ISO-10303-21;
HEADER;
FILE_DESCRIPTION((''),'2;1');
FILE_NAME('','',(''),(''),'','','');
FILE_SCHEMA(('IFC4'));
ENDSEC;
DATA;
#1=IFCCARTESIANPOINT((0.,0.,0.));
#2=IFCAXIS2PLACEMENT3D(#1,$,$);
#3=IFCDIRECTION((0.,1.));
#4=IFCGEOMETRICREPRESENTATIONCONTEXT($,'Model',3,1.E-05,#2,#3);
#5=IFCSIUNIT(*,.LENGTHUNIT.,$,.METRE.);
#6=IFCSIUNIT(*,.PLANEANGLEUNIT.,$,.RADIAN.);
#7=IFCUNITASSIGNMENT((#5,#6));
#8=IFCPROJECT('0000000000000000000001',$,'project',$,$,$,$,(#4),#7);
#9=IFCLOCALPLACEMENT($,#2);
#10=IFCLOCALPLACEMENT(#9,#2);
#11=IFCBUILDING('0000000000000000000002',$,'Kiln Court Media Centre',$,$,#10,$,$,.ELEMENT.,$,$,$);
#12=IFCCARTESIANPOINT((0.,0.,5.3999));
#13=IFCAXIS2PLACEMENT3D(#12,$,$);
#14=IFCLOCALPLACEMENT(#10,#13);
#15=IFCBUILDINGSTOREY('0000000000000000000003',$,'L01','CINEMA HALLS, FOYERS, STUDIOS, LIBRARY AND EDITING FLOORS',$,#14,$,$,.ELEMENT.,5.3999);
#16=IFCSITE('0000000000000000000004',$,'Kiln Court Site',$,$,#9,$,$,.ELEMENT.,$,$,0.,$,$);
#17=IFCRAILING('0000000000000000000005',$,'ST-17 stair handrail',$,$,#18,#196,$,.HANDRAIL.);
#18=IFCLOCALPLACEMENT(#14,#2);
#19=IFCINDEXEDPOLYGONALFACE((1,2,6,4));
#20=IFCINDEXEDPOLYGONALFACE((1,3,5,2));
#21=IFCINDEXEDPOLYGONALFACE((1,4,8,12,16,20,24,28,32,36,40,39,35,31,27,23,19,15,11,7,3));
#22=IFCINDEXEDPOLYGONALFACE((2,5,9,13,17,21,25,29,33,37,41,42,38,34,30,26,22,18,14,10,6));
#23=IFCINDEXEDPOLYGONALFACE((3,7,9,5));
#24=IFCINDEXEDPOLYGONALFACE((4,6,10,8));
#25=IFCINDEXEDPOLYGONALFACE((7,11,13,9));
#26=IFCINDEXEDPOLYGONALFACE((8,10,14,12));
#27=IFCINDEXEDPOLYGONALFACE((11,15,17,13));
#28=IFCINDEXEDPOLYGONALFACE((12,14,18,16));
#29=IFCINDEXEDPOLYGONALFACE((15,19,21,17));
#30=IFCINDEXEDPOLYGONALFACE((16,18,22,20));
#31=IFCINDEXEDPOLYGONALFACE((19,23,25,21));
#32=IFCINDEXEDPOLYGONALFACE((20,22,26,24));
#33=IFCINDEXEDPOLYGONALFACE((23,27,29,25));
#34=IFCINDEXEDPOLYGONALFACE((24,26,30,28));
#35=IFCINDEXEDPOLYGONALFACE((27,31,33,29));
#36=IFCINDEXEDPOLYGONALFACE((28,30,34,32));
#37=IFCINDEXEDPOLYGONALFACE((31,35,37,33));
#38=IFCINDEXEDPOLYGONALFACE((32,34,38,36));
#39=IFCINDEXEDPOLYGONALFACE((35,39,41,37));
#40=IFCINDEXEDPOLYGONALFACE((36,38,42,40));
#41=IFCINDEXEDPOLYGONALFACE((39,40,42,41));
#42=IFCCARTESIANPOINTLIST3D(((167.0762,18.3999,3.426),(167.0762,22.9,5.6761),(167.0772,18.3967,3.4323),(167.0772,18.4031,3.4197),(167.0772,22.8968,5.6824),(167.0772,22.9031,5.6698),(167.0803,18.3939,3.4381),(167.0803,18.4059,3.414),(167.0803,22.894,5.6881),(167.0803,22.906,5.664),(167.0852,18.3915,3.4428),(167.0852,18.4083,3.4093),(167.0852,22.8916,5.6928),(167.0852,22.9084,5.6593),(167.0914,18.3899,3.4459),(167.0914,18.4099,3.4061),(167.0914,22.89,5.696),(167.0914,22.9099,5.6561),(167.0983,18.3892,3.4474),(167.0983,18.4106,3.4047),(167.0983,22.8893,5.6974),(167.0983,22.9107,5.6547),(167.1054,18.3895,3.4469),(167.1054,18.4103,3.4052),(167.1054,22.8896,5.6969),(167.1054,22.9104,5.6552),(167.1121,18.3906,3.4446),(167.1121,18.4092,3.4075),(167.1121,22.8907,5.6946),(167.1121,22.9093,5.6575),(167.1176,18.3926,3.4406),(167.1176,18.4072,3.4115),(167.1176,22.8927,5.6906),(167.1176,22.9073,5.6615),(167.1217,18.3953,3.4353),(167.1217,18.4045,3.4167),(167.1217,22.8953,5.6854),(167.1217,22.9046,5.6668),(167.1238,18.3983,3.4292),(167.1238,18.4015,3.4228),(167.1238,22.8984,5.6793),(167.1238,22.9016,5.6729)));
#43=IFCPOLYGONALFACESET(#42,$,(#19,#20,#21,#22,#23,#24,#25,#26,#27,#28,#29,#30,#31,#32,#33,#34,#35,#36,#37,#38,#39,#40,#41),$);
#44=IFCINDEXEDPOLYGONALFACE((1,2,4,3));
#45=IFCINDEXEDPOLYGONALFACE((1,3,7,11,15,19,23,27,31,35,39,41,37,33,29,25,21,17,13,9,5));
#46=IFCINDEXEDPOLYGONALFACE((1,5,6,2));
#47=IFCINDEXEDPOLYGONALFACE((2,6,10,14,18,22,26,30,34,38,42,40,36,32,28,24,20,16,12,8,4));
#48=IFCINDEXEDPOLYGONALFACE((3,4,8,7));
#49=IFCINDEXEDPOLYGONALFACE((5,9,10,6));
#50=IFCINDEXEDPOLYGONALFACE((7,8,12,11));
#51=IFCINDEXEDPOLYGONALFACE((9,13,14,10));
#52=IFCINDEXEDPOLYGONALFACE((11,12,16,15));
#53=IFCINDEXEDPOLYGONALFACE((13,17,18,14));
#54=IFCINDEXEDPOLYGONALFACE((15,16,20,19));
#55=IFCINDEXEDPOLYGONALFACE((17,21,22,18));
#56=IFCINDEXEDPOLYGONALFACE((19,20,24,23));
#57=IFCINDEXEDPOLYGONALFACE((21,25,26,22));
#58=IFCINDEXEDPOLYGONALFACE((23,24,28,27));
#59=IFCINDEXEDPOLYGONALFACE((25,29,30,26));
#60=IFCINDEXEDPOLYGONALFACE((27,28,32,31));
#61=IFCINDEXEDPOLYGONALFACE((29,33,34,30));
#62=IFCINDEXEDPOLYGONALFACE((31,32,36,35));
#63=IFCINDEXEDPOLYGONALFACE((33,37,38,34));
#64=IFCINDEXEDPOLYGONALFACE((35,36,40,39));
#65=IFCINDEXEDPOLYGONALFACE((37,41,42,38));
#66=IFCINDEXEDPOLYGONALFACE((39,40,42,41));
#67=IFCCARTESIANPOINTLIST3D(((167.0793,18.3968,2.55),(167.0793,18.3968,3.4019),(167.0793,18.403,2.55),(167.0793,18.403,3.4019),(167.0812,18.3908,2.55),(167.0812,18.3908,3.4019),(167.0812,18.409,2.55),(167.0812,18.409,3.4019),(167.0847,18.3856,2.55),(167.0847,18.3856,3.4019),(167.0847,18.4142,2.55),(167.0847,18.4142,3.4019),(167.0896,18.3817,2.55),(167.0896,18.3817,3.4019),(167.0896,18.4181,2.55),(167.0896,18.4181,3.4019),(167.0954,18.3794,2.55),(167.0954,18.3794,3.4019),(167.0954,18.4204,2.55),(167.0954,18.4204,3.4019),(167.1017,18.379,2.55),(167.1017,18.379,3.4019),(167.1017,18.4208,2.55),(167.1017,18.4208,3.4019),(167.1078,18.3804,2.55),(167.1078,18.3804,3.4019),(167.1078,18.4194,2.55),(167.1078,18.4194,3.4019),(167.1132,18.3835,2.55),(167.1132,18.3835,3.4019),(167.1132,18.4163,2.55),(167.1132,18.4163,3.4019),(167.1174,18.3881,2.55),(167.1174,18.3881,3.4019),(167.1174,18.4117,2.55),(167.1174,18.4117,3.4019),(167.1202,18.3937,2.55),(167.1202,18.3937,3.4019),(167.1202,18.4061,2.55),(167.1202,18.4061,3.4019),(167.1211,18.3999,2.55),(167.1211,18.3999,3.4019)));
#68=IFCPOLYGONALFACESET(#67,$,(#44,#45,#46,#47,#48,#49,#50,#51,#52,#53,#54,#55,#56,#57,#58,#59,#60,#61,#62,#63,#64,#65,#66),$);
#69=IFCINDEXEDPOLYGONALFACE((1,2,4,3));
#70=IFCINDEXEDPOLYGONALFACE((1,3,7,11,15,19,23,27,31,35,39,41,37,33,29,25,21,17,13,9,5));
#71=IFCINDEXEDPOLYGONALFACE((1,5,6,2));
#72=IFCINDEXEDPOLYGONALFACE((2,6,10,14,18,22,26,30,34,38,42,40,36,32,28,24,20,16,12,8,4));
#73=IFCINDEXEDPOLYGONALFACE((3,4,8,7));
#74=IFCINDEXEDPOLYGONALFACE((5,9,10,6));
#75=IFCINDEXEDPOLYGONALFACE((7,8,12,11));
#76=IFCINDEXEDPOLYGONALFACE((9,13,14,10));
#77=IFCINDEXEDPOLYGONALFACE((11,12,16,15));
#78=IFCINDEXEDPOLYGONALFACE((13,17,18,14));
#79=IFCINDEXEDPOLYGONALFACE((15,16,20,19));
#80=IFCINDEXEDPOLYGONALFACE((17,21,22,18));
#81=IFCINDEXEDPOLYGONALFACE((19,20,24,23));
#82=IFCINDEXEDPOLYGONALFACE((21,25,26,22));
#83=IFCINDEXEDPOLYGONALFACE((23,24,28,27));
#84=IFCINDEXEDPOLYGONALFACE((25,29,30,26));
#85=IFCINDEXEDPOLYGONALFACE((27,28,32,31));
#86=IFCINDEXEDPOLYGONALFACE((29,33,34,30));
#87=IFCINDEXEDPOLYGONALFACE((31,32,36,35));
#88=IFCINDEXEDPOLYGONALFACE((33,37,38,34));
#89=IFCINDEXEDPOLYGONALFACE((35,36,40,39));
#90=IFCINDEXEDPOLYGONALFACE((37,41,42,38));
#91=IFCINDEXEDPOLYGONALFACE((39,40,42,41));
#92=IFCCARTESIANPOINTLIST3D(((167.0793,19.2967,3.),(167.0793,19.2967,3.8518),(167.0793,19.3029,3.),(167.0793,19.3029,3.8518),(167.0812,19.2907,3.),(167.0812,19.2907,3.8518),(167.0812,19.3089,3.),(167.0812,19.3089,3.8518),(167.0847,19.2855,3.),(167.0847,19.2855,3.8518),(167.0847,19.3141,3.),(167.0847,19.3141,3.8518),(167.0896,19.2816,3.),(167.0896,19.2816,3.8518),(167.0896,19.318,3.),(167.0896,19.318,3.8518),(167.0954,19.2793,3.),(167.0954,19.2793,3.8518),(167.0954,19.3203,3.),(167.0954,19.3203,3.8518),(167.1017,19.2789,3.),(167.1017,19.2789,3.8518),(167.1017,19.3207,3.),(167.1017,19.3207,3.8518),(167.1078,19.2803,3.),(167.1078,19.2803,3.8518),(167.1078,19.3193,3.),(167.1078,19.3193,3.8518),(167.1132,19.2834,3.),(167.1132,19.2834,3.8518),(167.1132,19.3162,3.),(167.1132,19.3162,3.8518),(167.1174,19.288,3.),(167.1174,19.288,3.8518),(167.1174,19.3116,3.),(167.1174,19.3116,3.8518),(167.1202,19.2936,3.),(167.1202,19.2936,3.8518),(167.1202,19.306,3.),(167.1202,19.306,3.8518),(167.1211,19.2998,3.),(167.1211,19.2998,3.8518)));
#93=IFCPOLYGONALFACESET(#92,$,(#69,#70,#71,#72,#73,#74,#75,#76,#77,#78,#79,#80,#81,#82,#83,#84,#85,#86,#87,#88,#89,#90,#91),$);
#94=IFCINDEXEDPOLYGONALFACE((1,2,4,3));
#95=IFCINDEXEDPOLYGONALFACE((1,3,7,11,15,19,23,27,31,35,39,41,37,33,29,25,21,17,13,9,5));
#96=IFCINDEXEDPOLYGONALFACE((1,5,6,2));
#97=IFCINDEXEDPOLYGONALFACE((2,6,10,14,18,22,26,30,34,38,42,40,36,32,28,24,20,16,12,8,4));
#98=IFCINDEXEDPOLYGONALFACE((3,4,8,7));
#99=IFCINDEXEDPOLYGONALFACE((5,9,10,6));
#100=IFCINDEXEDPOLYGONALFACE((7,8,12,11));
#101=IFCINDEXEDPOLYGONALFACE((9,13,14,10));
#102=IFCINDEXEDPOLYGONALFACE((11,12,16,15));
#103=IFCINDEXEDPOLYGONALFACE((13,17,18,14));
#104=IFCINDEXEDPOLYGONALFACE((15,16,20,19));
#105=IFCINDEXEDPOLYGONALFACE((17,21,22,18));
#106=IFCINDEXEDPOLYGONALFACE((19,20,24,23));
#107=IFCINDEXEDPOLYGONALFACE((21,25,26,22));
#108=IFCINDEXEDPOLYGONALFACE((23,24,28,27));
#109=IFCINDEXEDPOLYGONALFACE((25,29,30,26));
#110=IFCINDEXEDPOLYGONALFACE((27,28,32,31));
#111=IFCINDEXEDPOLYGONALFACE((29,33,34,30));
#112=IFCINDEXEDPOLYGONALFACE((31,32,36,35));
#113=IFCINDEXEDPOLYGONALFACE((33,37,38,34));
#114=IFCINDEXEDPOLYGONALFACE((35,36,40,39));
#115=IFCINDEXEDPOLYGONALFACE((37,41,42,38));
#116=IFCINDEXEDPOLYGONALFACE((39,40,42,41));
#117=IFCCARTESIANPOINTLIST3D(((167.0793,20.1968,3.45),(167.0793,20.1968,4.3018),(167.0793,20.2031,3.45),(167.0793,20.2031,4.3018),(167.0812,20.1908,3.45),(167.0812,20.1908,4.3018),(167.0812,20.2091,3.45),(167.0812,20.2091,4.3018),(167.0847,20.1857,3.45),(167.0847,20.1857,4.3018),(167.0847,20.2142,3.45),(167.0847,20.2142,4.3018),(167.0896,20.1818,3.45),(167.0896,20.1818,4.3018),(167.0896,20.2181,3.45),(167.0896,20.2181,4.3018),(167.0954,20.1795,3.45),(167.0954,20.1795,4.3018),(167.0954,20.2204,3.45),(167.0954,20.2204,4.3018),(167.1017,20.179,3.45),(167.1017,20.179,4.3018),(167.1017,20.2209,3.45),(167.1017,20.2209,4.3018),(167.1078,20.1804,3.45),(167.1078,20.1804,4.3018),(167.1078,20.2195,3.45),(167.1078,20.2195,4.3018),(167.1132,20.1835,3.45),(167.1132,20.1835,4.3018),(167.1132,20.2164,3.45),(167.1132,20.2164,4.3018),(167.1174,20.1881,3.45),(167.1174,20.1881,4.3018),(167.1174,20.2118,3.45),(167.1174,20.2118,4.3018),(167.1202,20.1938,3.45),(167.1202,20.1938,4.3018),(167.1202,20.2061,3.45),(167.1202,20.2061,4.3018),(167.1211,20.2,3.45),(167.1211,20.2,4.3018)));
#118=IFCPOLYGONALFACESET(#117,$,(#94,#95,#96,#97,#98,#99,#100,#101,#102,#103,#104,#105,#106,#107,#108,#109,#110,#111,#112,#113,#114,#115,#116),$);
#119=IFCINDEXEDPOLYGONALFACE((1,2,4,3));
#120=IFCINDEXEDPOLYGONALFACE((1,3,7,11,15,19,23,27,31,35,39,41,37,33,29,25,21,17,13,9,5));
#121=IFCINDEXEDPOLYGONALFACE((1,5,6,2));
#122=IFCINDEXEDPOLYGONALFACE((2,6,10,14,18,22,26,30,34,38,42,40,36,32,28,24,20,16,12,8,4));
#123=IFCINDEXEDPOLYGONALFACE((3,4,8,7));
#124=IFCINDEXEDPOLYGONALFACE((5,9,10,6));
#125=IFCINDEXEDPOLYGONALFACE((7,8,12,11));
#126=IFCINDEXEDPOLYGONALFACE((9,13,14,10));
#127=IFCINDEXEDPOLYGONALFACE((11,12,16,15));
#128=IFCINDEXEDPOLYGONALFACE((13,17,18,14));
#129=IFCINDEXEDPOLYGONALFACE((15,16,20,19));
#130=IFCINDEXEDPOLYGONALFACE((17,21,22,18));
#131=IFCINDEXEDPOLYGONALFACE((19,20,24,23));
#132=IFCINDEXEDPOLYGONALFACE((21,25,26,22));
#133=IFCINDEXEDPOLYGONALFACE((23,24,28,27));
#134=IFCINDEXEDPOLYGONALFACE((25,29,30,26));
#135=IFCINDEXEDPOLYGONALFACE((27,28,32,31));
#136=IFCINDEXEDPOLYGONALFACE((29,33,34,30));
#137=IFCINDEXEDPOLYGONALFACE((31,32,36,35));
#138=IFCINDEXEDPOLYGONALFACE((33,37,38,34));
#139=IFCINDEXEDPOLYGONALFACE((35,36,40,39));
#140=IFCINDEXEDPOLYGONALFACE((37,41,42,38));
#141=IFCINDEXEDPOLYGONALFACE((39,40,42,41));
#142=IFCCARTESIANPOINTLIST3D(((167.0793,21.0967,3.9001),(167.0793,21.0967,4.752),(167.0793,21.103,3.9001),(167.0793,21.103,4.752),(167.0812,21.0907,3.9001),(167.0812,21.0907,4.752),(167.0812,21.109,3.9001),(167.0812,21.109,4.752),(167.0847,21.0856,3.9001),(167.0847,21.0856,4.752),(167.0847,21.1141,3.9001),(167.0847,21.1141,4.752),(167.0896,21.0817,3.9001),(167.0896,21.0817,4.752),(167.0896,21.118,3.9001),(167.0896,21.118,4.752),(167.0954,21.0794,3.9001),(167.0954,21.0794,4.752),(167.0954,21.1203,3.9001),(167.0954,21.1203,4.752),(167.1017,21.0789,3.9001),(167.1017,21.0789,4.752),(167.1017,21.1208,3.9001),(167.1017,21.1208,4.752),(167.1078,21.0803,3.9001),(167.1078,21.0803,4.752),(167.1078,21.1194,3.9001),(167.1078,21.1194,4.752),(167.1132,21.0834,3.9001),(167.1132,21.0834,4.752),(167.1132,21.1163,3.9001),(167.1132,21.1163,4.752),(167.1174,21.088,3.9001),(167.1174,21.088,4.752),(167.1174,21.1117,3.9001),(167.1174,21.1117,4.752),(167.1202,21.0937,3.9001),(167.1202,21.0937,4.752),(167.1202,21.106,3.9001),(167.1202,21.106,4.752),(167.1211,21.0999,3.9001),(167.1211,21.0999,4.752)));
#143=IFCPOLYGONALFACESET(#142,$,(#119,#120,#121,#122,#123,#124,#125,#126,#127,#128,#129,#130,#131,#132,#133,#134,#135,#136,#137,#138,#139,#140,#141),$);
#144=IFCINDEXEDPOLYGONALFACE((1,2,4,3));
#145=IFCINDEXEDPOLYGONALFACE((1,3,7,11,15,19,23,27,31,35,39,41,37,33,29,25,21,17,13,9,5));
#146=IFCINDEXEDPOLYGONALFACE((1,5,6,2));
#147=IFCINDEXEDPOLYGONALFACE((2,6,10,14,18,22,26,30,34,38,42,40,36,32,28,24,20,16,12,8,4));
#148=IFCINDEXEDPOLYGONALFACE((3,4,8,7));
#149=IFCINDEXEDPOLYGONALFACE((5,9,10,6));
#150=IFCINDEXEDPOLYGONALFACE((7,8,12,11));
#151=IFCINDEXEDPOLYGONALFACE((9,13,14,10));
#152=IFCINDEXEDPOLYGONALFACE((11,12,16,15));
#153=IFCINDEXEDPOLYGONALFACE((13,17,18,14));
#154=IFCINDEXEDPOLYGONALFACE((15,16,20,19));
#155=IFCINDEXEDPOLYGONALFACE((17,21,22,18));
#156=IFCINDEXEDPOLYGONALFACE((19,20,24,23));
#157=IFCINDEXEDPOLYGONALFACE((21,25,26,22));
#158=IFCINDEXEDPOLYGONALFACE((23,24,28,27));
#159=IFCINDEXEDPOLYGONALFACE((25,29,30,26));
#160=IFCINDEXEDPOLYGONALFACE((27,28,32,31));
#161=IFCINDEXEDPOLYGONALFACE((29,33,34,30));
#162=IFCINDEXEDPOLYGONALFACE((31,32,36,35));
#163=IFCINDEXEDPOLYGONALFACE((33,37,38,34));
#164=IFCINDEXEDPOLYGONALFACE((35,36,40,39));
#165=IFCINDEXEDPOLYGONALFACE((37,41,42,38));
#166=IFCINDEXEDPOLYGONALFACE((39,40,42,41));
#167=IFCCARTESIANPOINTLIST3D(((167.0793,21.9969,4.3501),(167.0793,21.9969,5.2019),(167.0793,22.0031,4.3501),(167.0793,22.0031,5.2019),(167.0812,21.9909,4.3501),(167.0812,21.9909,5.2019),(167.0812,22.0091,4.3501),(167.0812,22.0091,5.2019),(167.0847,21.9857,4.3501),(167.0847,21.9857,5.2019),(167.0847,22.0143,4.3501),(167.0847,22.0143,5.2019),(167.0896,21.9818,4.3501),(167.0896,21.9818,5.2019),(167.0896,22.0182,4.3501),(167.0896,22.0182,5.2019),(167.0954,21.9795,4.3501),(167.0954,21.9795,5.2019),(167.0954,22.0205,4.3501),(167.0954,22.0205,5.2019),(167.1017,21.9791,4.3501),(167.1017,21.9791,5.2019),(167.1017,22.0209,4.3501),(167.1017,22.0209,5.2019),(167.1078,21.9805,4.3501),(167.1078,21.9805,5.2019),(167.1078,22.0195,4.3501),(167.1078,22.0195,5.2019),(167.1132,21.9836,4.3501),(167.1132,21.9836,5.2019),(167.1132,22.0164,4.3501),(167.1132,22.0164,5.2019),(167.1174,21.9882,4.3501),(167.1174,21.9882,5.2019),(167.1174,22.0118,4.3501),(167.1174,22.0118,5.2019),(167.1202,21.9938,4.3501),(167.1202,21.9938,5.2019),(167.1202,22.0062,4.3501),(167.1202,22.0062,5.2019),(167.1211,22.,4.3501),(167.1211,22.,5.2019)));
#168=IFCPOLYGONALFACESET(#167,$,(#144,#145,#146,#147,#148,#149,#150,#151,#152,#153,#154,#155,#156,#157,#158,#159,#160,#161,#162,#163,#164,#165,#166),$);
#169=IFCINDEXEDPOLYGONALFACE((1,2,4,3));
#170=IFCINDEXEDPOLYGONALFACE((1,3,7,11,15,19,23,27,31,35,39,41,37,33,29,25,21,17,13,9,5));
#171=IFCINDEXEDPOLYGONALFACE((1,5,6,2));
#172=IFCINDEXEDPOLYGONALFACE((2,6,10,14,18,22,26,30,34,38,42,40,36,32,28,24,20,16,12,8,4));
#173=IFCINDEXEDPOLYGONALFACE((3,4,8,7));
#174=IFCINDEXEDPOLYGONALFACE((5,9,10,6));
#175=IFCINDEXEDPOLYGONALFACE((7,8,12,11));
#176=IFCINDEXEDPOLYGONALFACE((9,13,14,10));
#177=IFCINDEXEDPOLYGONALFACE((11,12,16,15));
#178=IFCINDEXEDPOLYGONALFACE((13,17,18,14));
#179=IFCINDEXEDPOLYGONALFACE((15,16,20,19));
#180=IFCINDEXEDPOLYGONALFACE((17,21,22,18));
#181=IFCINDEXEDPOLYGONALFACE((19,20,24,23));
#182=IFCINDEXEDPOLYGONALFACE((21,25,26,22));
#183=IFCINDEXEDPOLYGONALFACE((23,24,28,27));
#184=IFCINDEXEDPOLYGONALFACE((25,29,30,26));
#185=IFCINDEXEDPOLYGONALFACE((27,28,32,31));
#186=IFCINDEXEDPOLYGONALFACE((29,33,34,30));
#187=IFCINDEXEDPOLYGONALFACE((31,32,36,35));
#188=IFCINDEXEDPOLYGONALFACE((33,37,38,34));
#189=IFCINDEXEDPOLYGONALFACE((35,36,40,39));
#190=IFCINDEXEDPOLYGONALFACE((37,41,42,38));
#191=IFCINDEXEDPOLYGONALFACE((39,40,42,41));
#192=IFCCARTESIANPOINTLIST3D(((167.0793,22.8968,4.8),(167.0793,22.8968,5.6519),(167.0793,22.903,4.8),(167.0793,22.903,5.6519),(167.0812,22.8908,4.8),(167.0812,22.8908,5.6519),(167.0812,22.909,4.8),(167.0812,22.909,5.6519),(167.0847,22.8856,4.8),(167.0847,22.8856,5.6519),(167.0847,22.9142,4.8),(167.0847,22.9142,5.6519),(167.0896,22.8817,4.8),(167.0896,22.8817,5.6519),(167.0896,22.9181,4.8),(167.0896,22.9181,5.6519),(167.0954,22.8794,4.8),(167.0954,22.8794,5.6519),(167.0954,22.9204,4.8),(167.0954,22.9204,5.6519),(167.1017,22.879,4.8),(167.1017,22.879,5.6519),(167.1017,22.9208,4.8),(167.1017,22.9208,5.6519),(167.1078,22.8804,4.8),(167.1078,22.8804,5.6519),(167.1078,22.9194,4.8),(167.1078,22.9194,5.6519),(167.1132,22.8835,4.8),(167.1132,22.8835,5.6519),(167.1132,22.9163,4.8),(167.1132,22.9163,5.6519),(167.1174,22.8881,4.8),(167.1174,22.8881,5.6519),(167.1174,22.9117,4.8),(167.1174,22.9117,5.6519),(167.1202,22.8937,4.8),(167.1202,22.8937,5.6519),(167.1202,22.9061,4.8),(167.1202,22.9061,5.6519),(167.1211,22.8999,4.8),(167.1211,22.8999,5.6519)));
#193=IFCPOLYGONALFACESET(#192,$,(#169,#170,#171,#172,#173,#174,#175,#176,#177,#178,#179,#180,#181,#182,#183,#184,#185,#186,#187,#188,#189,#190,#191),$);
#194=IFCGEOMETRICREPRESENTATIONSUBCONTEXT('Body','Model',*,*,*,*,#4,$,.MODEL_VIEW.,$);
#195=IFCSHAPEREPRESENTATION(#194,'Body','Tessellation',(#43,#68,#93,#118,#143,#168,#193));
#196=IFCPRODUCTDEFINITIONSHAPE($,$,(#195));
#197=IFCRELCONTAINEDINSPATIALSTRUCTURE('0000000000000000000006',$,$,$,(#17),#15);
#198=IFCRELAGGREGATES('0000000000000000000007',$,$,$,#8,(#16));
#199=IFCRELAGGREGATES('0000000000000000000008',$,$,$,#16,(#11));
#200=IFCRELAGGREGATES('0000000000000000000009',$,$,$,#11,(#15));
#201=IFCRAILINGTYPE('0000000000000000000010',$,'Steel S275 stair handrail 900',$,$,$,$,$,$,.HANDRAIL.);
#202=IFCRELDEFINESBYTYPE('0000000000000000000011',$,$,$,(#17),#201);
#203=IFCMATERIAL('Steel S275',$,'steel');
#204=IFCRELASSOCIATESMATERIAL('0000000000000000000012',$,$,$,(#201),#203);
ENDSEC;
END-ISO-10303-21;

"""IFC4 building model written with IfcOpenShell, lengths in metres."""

from ifc_helpers import new_model, si_unit, direction, frame, origin, origin_2d, place, context, subcontext, project, spatial, circle, extrude, material, type_object, element, save


model = new_model("IFC4")

# Units and contexts
model_context = context("Model", 3, precision=1e-05, world=origin(), true_north=direction((0.0, 1.0)))
body_context = subcontext(model_context, "Body", "Model", "MODEL_VIEW")
ifc_project = project(units=[si_unit("LENGTHUNIT", "METRE"), si_unit("PLANEANGLEUNIT", "RADIAN")], contexts=[model_context])

# Site, building, storey
site_placement = place(None, origin())
site = spatial("IfcSite", under=ifc_project, at=site_placement, Name="Kiln Court Site", CompositionType="ELEMENT", RefElevation=0.0)
building_placement = place(site_placement, origin())
building = spatial("IfcBuilding", under=site, at=building_placement, Name="Kiln Court Media Centre", CompositionType="ELEMENT")
storey_placement = place(building_placement, frame((0.0, 0.0, 5.3999)))
storey = spatial("IfcBuildingStorey", under=building, at=storey_placement, Name="L01", Description="CINEMA HALLS, FOYERS, STUDIOS, LIBRARY AND EDITING FLOORS", CompositionType="ELEMENT", Elevation=5.3999)

# Railing
ifc_material_1 = material(Name="Steel S275", Category="steel")
railing_type_1 = type_object("IfcRailingType", Name="Steel S275 stair handrail 900", PredefinedType="HANDRAIL", material=ifc_material_1)
railing_1_placement = place(storey_placement, frame((167.1001, 18.3999, 2.55)))
element("IfcRailing", 1, at=railing_1_placement, inside=storey, type_object=railing_type_1, Name="ST-17 stair handrail", PredefinedType="HANDRAIL", context=body_context, shape_type="SweptSolid", body=[
    extrude(circle(Radius=0.0239, at=origin_2d()), frame((0.0, 0.0, 0.876), z_axis=(0.0, 0.894427, 0.447214), x_axis=(-1.0, 0.0, 0.0)), (0.0, 0.0, 1.0), 5.0312),
    extrude(circle(Radius=0.021, at=origin_2d()), origin(), (0.0, 0.0, 1.0), 0.8518),
    extrude(circle(Radius=0.021, at=origin_2d()), frame((0.0, 0.8999, 0.45)), (0.0, 0.0, 1.0), 0.8518),
    extrude(circle(Radius=0.021, at=origin_2d()), frame((0.0, 1.8, 0.8999)), (0.0, 0.0, 1.0), 0.8518),
    extrude(circle(Radius=0.021, at=origin_2d()), frame((0.0, 2.7, 1.3501)), (0.0, 0.0, 1.0), 0.8518),
    extrude(circle(Radius=0.021, at=origin_2d()), frame((0.0, 3.6001, 1.8)), (0.0, 0.0, 1.0), 0.8518),
    extrude(circle(Radius=0.021, at=origin_2d()), frame((0.0, 4.5, 2.25)), (0.0, 0.0, 1.0), 0.8518),
])

save(model, "model.ifc")
